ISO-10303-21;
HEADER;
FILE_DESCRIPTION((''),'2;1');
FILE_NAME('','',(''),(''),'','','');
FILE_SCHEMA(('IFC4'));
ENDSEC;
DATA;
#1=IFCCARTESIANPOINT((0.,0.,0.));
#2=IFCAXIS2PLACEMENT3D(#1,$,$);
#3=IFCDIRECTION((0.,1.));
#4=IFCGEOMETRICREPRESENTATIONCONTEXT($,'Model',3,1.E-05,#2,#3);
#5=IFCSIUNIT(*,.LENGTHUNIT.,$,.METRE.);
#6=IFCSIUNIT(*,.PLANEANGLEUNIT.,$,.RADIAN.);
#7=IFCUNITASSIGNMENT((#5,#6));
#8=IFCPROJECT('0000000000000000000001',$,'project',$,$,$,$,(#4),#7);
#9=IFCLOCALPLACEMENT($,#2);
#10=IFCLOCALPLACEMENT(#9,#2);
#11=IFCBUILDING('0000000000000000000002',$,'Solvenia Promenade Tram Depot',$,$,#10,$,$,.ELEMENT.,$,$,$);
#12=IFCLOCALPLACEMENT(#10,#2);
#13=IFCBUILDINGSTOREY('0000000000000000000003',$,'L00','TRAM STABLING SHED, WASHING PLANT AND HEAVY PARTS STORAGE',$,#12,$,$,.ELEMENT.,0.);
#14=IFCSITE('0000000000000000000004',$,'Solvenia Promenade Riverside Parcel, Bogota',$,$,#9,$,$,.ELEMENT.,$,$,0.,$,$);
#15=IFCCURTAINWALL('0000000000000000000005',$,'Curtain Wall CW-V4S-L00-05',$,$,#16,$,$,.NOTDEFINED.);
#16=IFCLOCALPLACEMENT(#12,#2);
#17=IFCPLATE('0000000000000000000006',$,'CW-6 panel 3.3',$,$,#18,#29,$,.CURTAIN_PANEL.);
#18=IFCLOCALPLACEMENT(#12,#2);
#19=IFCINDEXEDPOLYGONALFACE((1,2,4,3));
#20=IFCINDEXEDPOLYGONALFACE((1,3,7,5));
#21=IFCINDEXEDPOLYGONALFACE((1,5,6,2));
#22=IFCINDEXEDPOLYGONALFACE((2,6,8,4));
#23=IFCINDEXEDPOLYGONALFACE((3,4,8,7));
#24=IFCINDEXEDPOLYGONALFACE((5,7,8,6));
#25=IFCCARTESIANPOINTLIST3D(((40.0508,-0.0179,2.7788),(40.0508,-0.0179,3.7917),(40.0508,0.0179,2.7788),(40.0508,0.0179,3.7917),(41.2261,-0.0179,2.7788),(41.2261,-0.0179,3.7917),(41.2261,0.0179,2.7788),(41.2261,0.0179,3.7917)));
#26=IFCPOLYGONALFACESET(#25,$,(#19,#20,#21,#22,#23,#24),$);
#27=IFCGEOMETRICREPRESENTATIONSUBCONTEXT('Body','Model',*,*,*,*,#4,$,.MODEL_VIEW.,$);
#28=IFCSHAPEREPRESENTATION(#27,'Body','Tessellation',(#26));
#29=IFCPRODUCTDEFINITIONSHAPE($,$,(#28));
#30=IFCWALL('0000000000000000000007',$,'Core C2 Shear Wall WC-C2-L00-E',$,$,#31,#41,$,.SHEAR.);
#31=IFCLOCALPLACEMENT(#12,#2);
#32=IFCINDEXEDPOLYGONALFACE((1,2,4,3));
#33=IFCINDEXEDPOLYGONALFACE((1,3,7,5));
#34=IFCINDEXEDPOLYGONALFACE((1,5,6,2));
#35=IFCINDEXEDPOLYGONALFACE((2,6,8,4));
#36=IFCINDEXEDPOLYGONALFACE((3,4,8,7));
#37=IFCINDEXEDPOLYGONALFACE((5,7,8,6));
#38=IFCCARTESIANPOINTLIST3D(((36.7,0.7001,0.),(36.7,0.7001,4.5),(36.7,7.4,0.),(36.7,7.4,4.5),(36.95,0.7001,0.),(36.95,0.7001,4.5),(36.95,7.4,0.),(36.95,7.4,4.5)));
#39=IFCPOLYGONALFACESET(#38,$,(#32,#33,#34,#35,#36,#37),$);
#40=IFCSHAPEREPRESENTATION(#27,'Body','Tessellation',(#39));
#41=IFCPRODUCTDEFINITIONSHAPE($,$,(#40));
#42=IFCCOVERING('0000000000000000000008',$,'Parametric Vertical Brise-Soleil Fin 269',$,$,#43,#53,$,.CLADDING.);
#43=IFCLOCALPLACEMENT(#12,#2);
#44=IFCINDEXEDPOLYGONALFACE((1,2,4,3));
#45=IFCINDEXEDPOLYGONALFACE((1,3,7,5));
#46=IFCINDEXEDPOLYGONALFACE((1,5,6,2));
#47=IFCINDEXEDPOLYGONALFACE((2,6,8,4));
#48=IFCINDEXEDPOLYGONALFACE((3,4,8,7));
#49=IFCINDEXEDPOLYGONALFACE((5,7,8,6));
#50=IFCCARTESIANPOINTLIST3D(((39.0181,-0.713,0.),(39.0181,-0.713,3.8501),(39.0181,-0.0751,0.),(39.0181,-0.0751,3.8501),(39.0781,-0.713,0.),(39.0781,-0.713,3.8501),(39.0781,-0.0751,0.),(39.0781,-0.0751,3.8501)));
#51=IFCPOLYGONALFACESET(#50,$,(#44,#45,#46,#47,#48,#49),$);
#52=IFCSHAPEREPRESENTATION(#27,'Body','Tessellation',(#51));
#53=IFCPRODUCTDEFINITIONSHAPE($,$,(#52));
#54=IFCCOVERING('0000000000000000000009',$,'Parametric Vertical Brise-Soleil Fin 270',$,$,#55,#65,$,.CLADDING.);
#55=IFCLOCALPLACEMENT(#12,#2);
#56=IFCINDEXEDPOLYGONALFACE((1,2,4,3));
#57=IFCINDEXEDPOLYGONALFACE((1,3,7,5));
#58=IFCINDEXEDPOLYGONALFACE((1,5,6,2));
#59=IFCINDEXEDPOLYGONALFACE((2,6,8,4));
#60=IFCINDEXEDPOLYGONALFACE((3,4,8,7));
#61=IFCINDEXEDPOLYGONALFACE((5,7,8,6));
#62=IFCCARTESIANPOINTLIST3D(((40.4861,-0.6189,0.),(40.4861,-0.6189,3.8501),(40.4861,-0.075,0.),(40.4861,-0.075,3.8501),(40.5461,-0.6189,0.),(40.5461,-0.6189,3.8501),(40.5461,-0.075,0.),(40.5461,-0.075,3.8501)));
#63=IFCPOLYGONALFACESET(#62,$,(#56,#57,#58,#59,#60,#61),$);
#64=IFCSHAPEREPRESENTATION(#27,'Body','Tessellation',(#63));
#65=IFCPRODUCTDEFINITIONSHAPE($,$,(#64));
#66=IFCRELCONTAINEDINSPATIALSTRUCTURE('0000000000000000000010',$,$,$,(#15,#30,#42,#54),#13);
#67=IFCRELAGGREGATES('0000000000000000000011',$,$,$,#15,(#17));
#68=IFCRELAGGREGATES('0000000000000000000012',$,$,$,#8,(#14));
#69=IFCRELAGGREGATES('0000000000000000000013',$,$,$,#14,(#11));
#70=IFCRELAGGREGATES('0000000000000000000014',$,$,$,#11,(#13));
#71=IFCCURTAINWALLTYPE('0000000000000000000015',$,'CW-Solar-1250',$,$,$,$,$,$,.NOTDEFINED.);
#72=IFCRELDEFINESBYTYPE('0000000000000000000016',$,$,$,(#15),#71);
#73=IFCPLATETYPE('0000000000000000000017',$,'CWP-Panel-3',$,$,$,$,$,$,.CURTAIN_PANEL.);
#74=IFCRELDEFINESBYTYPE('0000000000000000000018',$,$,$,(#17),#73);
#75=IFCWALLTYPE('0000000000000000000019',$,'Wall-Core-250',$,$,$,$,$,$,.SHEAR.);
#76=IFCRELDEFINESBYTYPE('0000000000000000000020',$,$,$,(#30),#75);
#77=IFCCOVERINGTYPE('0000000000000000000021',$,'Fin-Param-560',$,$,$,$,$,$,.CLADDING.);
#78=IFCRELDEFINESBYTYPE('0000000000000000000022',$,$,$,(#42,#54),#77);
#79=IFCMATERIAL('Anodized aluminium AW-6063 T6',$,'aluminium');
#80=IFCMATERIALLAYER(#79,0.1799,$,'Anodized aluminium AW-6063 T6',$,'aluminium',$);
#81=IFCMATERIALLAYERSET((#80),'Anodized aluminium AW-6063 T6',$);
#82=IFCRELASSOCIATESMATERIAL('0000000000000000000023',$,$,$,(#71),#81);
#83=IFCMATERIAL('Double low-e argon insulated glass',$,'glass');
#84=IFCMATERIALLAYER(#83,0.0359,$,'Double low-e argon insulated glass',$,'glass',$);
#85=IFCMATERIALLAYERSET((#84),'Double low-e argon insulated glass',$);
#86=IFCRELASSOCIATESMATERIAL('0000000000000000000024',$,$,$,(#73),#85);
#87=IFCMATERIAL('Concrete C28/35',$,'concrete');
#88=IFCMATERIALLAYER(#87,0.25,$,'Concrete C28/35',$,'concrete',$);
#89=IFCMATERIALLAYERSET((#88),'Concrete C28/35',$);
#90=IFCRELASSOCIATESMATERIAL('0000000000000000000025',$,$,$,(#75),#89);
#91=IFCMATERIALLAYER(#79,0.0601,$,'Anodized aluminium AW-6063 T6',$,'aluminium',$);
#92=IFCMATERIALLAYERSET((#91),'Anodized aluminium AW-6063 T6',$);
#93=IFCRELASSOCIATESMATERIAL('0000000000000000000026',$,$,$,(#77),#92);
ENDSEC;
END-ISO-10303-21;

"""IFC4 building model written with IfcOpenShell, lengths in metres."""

from ifc_helpers import new_model, si_unit, direction, frame, frame_2d, origin, origin_2d, place, context, subcontext, project, spatial, rectangle, extrude, material, layer, layer_set, type_object, element, aggregate, save


model = new_model("IFC4")

# Units and contexts
model_context = context("Model", 3, precision=1e-05, world=origin(), true_north=direction((0.0, 1.0)))
body_context = subcontext(model_context, "Body", "Model", "MODEL_VIEW")
ifc_project = project(units=[si_unit("LENGTHUNIT", "METRE"), si_unit("PLANEANGLEUNIT", "RADIAN")], contexts=[model_context])

# Site, building, storey
site_placement = place(None, origin())
site = spatial("IfcSite", under=ifc_project, at=site_placement, Name="Solvenia Promenade Riverside Parcel, Bogota", CompositionType="ELEMENT", RefElevation=0.0)
building_placement = place(site_placement, origin())
building = spatial("IfcBuilding", under=site, at=building_placement, Name="Solvenia Promenade Tram Depot", CompositionType="ELEMENT")
storey_placement = place(building_placement, origin())
storey = spatial("IfcBuildingStorey", under=building, at=storey_placement, Name="L00", Description="TRAM STABLING SHED, WASHING PLANT AND HEAVY PARTS STORAGE", CompositionType="ELEMENT", Elevation=0.0)

# Shared definitions
ifc_material_1 = material(Name="Concrete C28/35", Category="concrete")

# Curtain wall, plate
ifc_material_2 = material(Name="Anodized aluminium AW-6063 T6", Category="aluminium")
ifc_layer_1 = layer(ifc_material_2, 0.1799, Name="Anodized aluminium AW-6063 T6", Category="aluminium")
ifc_layer_set_1 = layer_set([ifc_layer_1], Name="Anodized aluminium AW-6063 T6")
curtain_wall_type = type_object("IfcCurtainWallType", Name="CW-Solar-1250", PredefinedType="NOTDEFINED", material=ifc_layer_set_1)
curtain_wall_placement = place(storey_placement, origin())
curtain_wall = element("IfcCurtainWall", 1, at=curtain_wall_placement, inside=storey, type_object=curtain_wall_type, Name="Curtain Wall CW-V4S-L00-05", PredefinedType="NOTDEFINED")
ifc_material_3 = material(Name="Double low-e argon insulated glass", Category="glass")
ifc_layer_2 = layer(ifc_material_3, 0.0359, Name="Double low-e argon insulated glass", Category="glass")
ifc_layer_set_2 = layer_set([ifc_layer_2], Name="Double low-e argon insulated glass")
plate_type = type_object("IfcPlateType", Name="CWP-Panel-3", PredefinedType="CURTAIN_PANEL", material=ifc_layer_set_2)
plate_1_placement = place(storey_placement, frame((40.6384, 0.0, 2.7788), z_axis=(0.0, 0.0, 1.0), x_axis=(1.0, 0.0, 0.0)))
plate_1 = element("IfcPlate", 2, at=plate_1_placement, type_object=plate_type, Name="CW-6 panel 3.3", PredefinedType="CURTAIN_PANEL", context=body_context, shape_type="SweptSolid", body=[
    extrude(rectangle(XDim=1.1753, YDim=0.0359, at=origin_2d()), origin(), (0.0, 0.0, 1.0), 1.0129),
])
aggregate(curtain_wall, [plate_1])

# Wall
ifc_layer_3 = layer(ifc_material_1, 0.25, Name="Concrete C28/35", Category="concrete")
ifc_layer_set_3 = layer_set([ifc_layer_3], Name="Concrete C28/35")
wall_type = type_object("IfcWallType", Name="Wall-Core-250", PredefinedType="SHEAR", material=ifc_layer_set_3)
wall_placement = place(storey_placement, frame((36.825, 0.7, 0.0), z_axis=(0.0, 0.0, 1.0), x_axis=(0.0, 1.0, 0.0)))
element("IfcWall", 3, at=wall_placement, inside=storey, type_object=wall_type, Name="Core C2 Shear Wall WC-C2-L00-E", PredefinedType="SHEAR", context=body_context, shape_type="SweptSolid", body=[
    extrude(rectangle(XDim=6.7, YDim=0.25, at=frame_2d((3.3501, 0.0))), origin(), (0.0, 0.0, 1.0), 4.5),
])

# Coverings
ifc_layer_4 = layer(ifc_material_2, 0.0601, Name="Anodized aluminium AW-6063 T6", Category="aluminium")
ifc_layer_set_4 = layer_set([ifc_layer_4], Name="Anodized aluminium AW-6063 T6")
covering_type = type_object("IfcCoveringType", Name="Fin-Param-560", PredefinedType="CLADDING", material=ifc_layer_set_4)
covering_1_placement = place(storey_placement, frame((39.0481, -0.394, 0.0), z_axis=(0.0, 0.0, 1.0), x_axis=(1.0, 0.0, 0.0)))
element("IfcCovering", 4, at=covering_1_placement, inside=storey, type_object=covering_type, Name="Parametric Vertical Brise-Soleil Fin 269", PredefinedType="CLADDING", context=body_context, shape_type="SweptSolid", body=[
    extrude(rectangle(XDim=0.0601, YDim=0.6379, at=origin_2d()), origin(), (0.0, 0.0, 1.0), 3.8501),
])
covering_2_placement = place(storey_placement, frame((40.5161, -0.3469, 0.0), z_axis=(0.0, 0.0, 1.0), x_axis=(1.0, 0.0, 0.0)))
element("IfcCovering", 5, at=covering_2_placement, inside=storey, type_object=covering_type, Name="Parametric Vertical Brise-Soleil Fin 270", PredefinedType="CLADDING", context=body_context, shape_type="SweptSolid", body=[
    extrude(rectangle(XDim=0.0601, YDim=0.5439, at=origin_2d()), origin(), (0.0, 0.0, 1.0), 3.8501),
])

save(model, "model.ifc")
